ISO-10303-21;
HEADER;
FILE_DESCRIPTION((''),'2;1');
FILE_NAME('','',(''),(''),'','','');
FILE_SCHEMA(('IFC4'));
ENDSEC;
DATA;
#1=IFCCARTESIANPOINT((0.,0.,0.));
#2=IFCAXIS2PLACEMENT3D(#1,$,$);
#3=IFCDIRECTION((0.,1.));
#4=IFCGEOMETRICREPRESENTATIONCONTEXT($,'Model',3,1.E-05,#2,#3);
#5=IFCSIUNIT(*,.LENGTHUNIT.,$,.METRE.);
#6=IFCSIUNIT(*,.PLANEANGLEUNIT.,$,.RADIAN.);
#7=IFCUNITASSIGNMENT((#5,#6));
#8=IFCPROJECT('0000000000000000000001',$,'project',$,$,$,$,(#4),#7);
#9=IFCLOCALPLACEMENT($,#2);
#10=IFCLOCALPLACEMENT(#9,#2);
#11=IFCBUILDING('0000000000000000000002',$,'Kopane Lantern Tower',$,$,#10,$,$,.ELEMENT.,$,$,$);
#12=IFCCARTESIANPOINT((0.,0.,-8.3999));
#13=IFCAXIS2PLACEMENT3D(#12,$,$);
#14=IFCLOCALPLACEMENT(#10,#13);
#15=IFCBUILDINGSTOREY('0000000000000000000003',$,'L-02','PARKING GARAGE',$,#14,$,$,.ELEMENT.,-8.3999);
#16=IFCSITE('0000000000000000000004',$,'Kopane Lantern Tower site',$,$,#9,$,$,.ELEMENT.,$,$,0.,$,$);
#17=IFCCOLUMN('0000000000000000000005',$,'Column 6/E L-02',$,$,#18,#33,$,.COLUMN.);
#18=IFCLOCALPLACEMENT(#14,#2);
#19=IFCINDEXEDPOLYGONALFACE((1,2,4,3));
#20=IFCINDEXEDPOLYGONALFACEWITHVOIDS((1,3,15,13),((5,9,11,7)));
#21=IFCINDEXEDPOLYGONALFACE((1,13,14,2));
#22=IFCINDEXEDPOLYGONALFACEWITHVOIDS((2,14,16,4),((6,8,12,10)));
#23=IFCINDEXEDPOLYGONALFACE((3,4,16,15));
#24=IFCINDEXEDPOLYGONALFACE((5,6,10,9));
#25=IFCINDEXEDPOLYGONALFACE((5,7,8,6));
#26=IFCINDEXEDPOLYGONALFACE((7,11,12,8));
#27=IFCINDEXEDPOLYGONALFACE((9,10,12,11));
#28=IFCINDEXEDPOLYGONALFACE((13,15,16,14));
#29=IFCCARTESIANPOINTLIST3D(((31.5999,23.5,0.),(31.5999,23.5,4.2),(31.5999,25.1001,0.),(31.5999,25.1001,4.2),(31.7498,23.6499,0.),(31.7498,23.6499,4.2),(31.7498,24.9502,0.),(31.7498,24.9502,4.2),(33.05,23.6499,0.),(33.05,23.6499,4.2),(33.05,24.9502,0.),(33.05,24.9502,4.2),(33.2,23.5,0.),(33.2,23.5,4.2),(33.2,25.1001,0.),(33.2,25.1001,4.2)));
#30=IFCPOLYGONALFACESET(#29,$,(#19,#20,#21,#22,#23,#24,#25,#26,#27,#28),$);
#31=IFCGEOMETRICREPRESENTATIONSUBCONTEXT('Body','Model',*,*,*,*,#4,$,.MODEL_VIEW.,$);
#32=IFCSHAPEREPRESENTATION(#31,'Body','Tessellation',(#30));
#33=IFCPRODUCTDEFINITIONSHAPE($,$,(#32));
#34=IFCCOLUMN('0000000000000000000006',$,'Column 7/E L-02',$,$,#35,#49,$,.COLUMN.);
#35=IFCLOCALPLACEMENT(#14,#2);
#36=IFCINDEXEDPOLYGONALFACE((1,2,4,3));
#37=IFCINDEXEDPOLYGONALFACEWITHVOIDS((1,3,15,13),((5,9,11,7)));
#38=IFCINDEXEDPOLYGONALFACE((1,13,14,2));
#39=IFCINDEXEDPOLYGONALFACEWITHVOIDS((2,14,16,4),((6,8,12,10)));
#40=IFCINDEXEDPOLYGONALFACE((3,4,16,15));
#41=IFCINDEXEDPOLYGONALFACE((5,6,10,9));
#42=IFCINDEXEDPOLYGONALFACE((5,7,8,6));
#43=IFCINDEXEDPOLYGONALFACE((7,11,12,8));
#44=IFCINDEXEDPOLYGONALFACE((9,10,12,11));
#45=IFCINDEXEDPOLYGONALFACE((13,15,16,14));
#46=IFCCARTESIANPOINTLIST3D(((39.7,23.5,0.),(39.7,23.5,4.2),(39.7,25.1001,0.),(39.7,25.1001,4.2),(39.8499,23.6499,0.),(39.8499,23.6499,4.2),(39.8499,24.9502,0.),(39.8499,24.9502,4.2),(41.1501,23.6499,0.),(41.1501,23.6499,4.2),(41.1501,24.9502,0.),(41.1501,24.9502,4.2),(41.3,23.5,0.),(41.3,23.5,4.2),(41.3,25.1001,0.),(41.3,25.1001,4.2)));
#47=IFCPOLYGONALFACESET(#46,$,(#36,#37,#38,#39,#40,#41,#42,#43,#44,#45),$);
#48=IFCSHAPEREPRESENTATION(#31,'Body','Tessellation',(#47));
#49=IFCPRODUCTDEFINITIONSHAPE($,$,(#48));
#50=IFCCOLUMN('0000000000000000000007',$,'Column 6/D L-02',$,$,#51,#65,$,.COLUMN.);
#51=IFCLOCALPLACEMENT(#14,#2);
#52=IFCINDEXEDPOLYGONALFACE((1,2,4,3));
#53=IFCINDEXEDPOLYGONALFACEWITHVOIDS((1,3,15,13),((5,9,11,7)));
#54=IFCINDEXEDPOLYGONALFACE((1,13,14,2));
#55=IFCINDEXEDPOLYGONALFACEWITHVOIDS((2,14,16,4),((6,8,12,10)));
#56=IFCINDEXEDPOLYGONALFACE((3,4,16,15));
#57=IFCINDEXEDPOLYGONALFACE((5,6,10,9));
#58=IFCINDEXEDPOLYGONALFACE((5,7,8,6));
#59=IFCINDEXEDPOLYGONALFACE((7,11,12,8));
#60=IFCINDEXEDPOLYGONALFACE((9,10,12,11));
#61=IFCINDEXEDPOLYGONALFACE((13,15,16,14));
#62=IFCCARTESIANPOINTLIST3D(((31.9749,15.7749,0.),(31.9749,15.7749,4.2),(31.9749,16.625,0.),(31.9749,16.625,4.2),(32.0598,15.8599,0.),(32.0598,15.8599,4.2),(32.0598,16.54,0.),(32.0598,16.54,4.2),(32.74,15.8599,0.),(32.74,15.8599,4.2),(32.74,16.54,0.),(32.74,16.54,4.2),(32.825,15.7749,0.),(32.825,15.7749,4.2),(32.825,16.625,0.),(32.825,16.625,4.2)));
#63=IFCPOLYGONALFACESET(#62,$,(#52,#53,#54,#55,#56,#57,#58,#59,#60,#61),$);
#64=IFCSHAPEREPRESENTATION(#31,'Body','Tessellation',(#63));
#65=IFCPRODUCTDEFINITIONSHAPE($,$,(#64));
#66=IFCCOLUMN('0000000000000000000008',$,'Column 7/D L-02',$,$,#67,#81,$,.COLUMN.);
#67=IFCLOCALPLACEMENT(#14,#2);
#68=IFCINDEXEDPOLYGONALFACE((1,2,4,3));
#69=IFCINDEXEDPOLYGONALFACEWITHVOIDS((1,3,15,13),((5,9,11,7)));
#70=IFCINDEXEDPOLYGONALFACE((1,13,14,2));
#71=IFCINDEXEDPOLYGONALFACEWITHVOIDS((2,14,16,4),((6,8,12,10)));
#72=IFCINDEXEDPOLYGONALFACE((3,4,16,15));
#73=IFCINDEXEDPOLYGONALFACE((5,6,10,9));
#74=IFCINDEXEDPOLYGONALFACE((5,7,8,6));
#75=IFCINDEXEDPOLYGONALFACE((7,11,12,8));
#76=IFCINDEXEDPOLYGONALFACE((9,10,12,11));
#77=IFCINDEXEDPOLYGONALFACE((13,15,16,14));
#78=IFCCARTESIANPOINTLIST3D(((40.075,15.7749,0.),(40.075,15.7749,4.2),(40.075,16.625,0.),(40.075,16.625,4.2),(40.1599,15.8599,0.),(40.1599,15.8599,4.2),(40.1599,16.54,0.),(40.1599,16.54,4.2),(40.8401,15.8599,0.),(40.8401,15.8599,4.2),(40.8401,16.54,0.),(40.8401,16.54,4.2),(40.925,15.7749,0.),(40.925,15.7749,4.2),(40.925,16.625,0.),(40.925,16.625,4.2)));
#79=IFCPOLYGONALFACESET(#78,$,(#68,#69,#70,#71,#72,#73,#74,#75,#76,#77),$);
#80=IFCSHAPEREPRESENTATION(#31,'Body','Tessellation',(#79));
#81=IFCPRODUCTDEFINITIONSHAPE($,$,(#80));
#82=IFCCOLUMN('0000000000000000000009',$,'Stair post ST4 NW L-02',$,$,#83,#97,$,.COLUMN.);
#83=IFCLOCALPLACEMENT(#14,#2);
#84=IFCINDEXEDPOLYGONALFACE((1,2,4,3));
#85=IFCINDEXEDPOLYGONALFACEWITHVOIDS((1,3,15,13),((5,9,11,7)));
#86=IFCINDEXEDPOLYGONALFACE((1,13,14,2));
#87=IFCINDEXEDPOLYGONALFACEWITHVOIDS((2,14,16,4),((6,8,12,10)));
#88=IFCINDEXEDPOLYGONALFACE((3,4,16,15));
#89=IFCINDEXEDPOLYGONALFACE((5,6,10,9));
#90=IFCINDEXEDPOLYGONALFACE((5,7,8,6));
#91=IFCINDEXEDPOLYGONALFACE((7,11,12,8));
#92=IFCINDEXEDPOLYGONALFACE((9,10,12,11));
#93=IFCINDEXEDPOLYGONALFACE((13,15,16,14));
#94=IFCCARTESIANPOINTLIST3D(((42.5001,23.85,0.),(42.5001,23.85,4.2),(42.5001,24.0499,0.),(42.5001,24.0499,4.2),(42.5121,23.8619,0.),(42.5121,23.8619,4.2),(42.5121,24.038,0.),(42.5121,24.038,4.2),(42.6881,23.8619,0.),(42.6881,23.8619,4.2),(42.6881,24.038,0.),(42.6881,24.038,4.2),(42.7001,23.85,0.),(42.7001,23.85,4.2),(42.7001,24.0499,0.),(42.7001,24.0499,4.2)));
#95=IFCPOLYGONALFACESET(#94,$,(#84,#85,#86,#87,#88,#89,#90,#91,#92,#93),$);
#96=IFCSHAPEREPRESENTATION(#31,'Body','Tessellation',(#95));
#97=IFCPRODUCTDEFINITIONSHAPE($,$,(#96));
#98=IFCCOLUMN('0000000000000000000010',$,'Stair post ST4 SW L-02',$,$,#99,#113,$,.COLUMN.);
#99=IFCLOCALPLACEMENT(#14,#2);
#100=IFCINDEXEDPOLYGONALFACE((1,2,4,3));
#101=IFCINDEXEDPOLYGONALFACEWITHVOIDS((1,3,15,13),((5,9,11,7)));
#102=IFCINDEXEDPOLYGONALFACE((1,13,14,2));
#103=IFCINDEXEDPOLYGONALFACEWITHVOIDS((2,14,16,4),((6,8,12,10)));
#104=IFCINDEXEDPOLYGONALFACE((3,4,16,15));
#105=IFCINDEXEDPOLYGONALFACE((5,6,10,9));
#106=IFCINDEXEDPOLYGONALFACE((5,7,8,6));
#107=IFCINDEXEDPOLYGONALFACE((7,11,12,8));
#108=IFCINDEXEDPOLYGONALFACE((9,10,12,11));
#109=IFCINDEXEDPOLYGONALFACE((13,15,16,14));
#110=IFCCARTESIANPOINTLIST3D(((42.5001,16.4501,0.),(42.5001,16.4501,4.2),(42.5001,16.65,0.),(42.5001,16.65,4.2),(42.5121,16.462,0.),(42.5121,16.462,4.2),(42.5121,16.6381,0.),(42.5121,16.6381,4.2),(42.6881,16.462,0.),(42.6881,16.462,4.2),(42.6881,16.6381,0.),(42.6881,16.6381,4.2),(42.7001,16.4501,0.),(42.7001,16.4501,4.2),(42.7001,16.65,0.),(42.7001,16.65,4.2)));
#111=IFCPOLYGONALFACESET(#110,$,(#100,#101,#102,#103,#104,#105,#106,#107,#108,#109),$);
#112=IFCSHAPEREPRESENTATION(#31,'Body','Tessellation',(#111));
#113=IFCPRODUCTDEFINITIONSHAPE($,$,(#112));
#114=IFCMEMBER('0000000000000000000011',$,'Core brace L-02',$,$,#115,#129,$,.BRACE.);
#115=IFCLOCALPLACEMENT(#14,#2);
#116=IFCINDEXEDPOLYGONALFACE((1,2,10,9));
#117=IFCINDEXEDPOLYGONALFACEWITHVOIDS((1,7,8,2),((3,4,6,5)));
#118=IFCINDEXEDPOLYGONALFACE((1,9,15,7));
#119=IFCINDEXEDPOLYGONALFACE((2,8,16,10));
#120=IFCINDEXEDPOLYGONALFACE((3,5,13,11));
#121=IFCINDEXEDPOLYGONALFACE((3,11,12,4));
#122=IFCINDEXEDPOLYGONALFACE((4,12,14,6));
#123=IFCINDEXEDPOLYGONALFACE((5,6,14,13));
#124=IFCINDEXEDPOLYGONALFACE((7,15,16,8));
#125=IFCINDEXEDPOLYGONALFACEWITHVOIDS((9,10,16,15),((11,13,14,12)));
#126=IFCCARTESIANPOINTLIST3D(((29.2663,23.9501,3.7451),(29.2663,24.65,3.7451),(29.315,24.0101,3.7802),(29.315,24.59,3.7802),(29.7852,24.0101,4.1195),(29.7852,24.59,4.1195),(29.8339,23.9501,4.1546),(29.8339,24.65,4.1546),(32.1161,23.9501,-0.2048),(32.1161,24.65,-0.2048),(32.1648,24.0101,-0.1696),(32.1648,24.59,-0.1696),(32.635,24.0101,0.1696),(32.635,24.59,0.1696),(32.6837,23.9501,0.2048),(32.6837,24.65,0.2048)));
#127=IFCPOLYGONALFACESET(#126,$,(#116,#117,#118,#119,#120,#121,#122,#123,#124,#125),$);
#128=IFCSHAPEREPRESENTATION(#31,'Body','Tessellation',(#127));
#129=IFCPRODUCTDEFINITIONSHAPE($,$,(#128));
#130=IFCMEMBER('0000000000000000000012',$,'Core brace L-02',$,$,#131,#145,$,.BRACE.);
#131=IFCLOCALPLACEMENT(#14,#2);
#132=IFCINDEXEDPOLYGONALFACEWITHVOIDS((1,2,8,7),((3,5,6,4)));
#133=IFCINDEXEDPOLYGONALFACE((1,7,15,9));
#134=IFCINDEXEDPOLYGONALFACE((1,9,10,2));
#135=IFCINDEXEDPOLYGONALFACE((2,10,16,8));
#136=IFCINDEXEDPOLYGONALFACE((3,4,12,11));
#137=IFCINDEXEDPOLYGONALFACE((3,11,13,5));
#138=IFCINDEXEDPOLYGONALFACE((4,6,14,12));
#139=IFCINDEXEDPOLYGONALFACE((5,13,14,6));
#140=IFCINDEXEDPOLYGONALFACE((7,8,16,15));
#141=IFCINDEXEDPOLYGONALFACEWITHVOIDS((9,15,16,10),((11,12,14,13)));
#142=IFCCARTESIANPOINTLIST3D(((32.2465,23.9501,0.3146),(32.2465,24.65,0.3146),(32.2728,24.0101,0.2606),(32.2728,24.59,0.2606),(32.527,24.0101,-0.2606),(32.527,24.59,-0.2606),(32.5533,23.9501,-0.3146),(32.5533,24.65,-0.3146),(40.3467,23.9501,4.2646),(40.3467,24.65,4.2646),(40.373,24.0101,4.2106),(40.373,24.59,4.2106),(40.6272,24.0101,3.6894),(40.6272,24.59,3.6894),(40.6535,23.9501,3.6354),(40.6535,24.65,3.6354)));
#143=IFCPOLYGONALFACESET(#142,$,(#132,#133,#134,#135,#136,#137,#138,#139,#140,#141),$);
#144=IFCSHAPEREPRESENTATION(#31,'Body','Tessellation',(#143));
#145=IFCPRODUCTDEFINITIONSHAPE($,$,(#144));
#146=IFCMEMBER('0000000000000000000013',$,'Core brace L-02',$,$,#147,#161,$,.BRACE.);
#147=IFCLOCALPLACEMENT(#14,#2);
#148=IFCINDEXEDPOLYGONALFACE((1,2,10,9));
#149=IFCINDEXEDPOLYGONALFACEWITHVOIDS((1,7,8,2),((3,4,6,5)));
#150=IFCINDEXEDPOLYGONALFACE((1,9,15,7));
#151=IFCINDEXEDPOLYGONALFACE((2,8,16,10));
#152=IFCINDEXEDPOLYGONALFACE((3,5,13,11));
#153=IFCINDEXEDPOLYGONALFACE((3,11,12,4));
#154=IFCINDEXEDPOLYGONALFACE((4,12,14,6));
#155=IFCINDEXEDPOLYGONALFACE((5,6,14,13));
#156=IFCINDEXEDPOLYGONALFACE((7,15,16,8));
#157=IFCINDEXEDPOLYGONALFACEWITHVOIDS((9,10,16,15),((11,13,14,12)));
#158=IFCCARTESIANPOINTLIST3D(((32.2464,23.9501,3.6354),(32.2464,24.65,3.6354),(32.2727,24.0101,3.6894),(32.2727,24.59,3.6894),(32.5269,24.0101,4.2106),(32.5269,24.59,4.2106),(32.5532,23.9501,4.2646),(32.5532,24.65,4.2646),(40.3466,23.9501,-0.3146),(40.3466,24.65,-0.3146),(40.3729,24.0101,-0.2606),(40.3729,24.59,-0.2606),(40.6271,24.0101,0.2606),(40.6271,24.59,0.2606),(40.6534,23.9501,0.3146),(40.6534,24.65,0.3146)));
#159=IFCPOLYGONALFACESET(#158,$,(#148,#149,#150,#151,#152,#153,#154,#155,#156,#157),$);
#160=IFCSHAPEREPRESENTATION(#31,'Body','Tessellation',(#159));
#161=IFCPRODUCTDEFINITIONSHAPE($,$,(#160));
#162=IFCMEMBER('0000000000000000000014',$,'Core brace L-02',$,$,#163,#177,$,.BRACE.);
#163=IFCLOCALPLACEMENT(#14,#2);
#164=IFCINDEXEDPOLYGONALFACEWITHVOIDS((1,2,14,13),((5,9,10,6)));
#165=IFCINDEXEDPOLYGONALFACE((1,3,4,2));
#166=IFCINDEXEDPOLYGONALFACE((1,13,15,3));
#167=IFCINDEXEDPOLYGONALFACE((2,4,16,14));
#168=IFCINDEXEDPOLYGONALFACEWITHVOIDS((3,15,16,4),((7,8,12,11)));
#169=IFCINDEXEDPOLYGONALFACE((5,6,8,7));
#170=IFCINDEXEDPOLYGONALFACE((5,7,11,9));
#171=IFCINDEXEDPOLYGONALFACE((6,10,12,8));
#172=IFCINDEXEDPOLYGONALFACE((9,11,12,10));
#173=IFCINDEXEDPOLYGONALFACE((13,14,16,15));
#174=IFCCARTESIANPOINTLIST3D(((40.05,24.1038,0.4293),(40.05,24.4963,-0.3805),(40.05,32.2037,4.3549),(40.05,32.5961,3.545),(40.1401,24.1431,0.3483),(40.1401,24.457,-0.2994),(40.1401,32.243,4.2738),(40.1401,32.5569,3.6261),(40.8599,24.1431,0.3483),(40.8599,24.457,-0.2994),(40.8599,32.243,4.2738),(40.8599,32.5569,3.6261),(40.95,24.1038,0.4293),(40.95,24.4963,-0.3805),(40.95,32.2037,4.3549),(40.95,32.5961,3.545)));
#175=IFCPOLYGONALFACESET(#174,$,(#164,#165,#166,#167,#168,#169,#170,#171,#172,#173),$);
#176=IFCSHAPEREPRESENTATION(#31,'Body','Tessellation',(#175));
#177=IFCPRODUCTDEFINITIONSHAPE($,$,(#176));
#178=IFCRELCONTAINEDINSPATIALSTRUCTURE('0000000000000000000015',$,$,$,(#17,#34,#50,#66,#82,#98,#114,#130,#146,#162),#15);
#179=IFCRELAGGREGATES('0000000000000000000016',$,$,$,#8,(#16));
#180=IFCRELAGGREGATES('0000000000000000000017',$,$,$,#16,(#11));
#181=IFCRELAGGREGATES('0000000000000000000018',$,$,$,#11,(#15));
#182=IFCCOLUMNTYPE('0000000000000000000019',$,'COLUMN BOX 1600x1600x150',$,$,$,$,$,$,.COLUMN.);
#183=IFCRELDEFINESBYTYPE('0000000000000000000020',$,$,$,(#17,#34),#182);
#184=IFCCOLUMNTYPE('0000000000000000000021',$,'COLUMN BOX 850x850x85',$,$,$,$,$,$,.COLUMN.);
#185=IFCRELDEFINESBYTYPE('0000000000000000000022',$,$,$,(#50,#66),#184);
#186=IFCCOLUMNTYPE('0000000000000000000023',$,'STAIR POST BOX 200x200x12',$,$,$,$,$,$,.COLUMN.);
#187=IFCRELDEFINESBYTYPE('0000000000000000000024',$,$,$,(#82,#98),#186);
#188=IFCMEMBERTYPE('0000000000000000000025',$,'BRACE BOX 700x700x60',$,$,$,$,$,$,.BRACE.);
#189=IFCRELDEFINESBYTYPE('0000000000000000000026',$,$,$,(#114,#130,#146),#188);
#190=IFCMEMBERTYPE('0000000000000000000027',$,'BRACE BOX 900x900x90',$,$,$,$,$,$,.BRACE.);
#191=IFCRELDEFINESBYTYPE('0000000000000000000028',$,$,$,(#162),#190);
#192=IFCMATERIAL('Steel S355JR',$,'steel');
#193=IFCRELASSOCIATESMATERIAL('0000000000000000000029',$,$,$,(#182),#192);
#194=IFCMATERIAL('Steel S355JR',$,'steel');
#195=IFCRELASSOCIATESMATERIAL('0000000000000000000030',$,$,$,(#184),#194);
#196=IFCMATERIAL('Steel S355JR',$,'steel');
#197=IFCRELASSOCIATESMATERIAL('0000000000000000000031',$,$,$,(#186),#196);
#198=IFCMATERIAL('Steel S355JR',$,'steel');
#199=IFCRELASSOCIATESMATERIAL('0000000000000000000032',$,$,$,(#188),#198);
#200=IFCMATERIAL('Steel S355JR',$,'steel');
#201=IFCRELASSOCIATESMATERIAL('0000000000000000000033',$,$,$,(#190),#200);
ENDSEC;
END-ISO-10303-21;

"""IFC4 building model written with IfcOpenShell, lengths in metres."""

from ifc_helpers import new_model, si_unit, direction, frame, origin, origin_2d, place, context, subcontext, project, spatial, hollow_rectangle, extrude, material, material_profile, profile_set, type_object, element, save


model = new_model("IFC4")

# Units and contexts
model_context = context("Model", 3, precision=1e-05, world=origin(), true_north=direction((0.0, 1.0)))
body_context = subcontext(model_context, "Body", "Model", "MODEL_VIEW")
ifc_project = project(units=[si_unit("LENGTHUNIT", "METRE"), si_unit("PLANEANGLEUNIT", "RADIAN")], contexts=[model_context])

# Site, building, storey
site_placement = place(None, origin())
site = spatial("IfcSite", under=ifc_project, at=site_placement, Name="Kopane Lantern Tower site", CompositionType="ELEMENT", RefElevation=0.0)
building_placement = place(site_placement, origin())
building = spatial("IfcBuilding", under=site, at=building_placement, Name="Kopane Lantern Tower", CompositionType="ELEMENT")
storey_placement = place(building_placement, frame((0.0, 0.0, -8.3999)))
storey = spatial("IfcBuildingStorey", under=building, at=storey_placement, Name="L-02", Description="PARKING GARAGE", CompositionType="ELEMENT", Elevation=-8.3999)

# Columns
ifc_material_1 = material(Name="Steel S355JR", Category="steel")
ifc_material_profile_1 = material_profile(ifc_material_1, hollow_rectangle(XDim=1.6001, YDim=1.6001, WallThickness=0.1499, at=origin_2d()), Name="BOX 1600x1600x150")
ifc_profile_set_1 = profile_set([ifc_material_profile_1], Name="Steel S355JR")
column_type_1 = type_object("IfcColumnType", Name="COLUMN BOX 1600x1600x150", PredefinedType="COLUMN", material=ifc_profile_set_1)
for number, where, z_axis, x_axis, name in (
    (1, (32.3999, 24.3, 0.0), (0.0, 0.0, 1.0), (1.0, 0.0, 0.0), "Column 6/E L-02"),
    (2, (40.5, 24.3, 0.0), (0.0, 0.0, 1.0), (1.0, 0.0, 0.0), "Column 7/E L-02"),
):
    element("IfcColumn", number, at=place(storey_placement, frame(where, z_axis=z_axis, x_axis=x_axis)), inside=storey, type_object=column_type_1, Name=name, PredefinedType="COLUMN", context=body_context, shape_type="SweptSolid", body=[
        extrude(hollow_rectangle(XDim=1.6001, YDim=1.6001, WallThickness=0.1499, at=origin_2d()), origin(), (0.0, 0.0, 1.0), 4.2),
    ])
ifc_material_2 = material(Name="Steel S355JR", Category="steel")
ifc_material_profile_2 = material_profile(ifc_material_2, hollow_rectangle(XDim=0.8501, YDim=0.8501, WallThickness=0.085, at=origin_2d()), Name="BOX 850x850x85")
ifc_profile_set_2 = profile_set([ifc_material_profile_2], Name="Steel S355JR")
column_type_2 = type_object("IfcColumnType", Name="COLUMN BOX 850x850x85", PredefinedType="COLUMN", material=ifc_profile_set_2)
for number, where, z_axis, x_axis, name in (
    (3, (32.3999, 16.2, 0.0), (0.0, 0.0, 1.0), (1.0, 0.0, 0.0), "Column 6/D L-02"),
    (4, (40.5, 16.2, 0.0), (0.0, 0.0, 1.0), (1.0, 0.0, 0.0), "Column 7/D L-02"),
):
    element("IfcColumn", number, at=place(storey_placement, frame(where, z_axis=z_axis, x_axis=x_axis)), inside=storey, type_object=column_type_2, Name=name, PredefinedType="COLUMN", context=body_context, shape_type="SweptSolid", body=[
        extrude(hollow_rectangle(XDim=0.8501, YDim=0.8501, WallThickness=0.085, at=origin_2d()), origin(), (0.0, 0.0, 1.0), 4.2),
    ])
ifc_material_3 = material(Name="Steel S355JR", Category="steel")
ifc_material_profile_3 = material_profile(ifc_material_3, hollow_rectangle(XDim=0.2, YDim=0.2, WallThickness=0.012, at=origin_2d()), Name="BOX 200x200x12")
ifc_profile_set_3 = profile_set([ifc_material_profile_3], Name="Steel S355JR")
column_type_3 = type_object("IfcColumnType", Name="STAIR POST BOX 200x200x12", PredefinedType="COLUMN", material=ifc_profile_set_3)
for number, where, z_axis, x_axis, name in (
    (5, (42.6001, 23.95, 0.0), (0.0, 0.0, 1.0), (1.0, 0.0, 0.0), "Stair post ST4 NW L-02"),
    (6, (42.6001, 16.55, 0.0), (0.0, 0.0, 1.0), (1.0, 0.0, 0.0), "Stair post ST4 SW L-02"),
):
    element("IfcColumn", number, at=place(storey_placement, frame(where, z_axis=z_axis, x_axis=x_axis)), inside=storey, type_object=column_type_3, Name=name, PredefinedType="COLUMN", context=body_context, shape_type="SweptSolid", body=[
        extrude(hollow_rectangle(XDim=0.2, YDim=0.2, WallThickness=0.012, at=origin_2d()), origin(), (0.0, 0.0, 1.0), 4.2),
    ])

# Members
ifc_material_4 = material(Name="Steel S355JR", Category="steel")
ifc_material_profile_4 = material_profile(ifc_material_4, hollow_rectangle(XDim=0.7, YDim=0.7, WallThickness=0.0601, at=origin_2d()), Name="BOX 700x700x60")
ifc_profile_set_4 = profile_set([ifc_material_profile_4], Name="Steel S355JR")
member_type_1 = type_object("IfcMemberType", Name="BRACE BOX 700x700x60", PredefinedType="BRACE", material=ifc_profile_set_4)
member_1_placement = place(storey_placement, frame((32.3999, 24.3, 0.0), z_axis=(-0.585101, 0.0, 0.810961), x_axis=(0.0, -1.0, 0.0)))
element("IfcMember", 7, at=member_1_placement, inside=storey, type_object=member_type_1, Name="Core brace L-02", PredefinedType="BRACE", context=body_context, shape_type="SweptSolid", body=[
    extrude(hollow_rectangle(XDim=0.7, YDim=0.7, WallThickness=0.0601, at=origin_2d()), origin(), (0.0, 0.0, 1.0), 4.8706),
])
for number, where, z_axis, x_axis, name in (
    (8, (32.3999, 24.3, 0.0), (0.898826, 0.0, 0.438306), (0.0, 1.0, 0.0), "Core brace L-02"),
    (9, (40.5, 24.3, 0.0), (-0.898826, 0.0, 0.438306), (0.0, -1.0, 0.0), "Core brace L-02"),
):
    element("IfcMember", number, at=place(storey_placement, frame(where, z_axis=z_axis, x_axis=x_axis)), inside=storey, type_object=member_type_1, Name=name, PredefinedType="BRACE", context=body_context, shape_type="SweptSolid", body=[
        extrude(hollow_rectangle(XDim=0.7, YDim=0.7, WallThickness=0.0601, at=origin_2d()), origin(), (0.0, 0.0, 1.0), 9.012),
    ])
ifc_material_5 = material(Name="Steel S355JR", Category="steel")
ifc_material_profile_5 = material_profile(ifc_material_5, hollow_rectangle(XDim=0.8999, YDim=0.8999, WallThickness=0.0901, at=origin_2d()), Name="BOX 900x900x90")
ifc_profile_set_5 = profile_set([ifc_material_profile_5], Name="Steel S355JR")
member_type_2 = type_object("IfcMemberType", Name="BRACE BOX 900x900x90", PredefinedType="BRACE", material=ifc_profile_set_5)
member_2_placement = place(storey_placement, frame((40.5, 24.3, 0.0244), z_axis=(0.0, 0.899887, 0.436124), x_axis=(-1.0, 0.0, 0.0)))
element("IfcMember", 10, at=member_2_placement, inside=storey, type_object=member_type_2, Name="Core brace L-02", PredefinedType="BRACE", context=body_context, shape_type="SweptSolid", body=[
    extrude(hollow_rectangle(XDim=0.8999, YDim=0.8999, WallThickness=0.0901, at=origin_2d()), origin(), (0.0, 0.0, 1.0), 9.001),
])

save(model, "model.ifc")
